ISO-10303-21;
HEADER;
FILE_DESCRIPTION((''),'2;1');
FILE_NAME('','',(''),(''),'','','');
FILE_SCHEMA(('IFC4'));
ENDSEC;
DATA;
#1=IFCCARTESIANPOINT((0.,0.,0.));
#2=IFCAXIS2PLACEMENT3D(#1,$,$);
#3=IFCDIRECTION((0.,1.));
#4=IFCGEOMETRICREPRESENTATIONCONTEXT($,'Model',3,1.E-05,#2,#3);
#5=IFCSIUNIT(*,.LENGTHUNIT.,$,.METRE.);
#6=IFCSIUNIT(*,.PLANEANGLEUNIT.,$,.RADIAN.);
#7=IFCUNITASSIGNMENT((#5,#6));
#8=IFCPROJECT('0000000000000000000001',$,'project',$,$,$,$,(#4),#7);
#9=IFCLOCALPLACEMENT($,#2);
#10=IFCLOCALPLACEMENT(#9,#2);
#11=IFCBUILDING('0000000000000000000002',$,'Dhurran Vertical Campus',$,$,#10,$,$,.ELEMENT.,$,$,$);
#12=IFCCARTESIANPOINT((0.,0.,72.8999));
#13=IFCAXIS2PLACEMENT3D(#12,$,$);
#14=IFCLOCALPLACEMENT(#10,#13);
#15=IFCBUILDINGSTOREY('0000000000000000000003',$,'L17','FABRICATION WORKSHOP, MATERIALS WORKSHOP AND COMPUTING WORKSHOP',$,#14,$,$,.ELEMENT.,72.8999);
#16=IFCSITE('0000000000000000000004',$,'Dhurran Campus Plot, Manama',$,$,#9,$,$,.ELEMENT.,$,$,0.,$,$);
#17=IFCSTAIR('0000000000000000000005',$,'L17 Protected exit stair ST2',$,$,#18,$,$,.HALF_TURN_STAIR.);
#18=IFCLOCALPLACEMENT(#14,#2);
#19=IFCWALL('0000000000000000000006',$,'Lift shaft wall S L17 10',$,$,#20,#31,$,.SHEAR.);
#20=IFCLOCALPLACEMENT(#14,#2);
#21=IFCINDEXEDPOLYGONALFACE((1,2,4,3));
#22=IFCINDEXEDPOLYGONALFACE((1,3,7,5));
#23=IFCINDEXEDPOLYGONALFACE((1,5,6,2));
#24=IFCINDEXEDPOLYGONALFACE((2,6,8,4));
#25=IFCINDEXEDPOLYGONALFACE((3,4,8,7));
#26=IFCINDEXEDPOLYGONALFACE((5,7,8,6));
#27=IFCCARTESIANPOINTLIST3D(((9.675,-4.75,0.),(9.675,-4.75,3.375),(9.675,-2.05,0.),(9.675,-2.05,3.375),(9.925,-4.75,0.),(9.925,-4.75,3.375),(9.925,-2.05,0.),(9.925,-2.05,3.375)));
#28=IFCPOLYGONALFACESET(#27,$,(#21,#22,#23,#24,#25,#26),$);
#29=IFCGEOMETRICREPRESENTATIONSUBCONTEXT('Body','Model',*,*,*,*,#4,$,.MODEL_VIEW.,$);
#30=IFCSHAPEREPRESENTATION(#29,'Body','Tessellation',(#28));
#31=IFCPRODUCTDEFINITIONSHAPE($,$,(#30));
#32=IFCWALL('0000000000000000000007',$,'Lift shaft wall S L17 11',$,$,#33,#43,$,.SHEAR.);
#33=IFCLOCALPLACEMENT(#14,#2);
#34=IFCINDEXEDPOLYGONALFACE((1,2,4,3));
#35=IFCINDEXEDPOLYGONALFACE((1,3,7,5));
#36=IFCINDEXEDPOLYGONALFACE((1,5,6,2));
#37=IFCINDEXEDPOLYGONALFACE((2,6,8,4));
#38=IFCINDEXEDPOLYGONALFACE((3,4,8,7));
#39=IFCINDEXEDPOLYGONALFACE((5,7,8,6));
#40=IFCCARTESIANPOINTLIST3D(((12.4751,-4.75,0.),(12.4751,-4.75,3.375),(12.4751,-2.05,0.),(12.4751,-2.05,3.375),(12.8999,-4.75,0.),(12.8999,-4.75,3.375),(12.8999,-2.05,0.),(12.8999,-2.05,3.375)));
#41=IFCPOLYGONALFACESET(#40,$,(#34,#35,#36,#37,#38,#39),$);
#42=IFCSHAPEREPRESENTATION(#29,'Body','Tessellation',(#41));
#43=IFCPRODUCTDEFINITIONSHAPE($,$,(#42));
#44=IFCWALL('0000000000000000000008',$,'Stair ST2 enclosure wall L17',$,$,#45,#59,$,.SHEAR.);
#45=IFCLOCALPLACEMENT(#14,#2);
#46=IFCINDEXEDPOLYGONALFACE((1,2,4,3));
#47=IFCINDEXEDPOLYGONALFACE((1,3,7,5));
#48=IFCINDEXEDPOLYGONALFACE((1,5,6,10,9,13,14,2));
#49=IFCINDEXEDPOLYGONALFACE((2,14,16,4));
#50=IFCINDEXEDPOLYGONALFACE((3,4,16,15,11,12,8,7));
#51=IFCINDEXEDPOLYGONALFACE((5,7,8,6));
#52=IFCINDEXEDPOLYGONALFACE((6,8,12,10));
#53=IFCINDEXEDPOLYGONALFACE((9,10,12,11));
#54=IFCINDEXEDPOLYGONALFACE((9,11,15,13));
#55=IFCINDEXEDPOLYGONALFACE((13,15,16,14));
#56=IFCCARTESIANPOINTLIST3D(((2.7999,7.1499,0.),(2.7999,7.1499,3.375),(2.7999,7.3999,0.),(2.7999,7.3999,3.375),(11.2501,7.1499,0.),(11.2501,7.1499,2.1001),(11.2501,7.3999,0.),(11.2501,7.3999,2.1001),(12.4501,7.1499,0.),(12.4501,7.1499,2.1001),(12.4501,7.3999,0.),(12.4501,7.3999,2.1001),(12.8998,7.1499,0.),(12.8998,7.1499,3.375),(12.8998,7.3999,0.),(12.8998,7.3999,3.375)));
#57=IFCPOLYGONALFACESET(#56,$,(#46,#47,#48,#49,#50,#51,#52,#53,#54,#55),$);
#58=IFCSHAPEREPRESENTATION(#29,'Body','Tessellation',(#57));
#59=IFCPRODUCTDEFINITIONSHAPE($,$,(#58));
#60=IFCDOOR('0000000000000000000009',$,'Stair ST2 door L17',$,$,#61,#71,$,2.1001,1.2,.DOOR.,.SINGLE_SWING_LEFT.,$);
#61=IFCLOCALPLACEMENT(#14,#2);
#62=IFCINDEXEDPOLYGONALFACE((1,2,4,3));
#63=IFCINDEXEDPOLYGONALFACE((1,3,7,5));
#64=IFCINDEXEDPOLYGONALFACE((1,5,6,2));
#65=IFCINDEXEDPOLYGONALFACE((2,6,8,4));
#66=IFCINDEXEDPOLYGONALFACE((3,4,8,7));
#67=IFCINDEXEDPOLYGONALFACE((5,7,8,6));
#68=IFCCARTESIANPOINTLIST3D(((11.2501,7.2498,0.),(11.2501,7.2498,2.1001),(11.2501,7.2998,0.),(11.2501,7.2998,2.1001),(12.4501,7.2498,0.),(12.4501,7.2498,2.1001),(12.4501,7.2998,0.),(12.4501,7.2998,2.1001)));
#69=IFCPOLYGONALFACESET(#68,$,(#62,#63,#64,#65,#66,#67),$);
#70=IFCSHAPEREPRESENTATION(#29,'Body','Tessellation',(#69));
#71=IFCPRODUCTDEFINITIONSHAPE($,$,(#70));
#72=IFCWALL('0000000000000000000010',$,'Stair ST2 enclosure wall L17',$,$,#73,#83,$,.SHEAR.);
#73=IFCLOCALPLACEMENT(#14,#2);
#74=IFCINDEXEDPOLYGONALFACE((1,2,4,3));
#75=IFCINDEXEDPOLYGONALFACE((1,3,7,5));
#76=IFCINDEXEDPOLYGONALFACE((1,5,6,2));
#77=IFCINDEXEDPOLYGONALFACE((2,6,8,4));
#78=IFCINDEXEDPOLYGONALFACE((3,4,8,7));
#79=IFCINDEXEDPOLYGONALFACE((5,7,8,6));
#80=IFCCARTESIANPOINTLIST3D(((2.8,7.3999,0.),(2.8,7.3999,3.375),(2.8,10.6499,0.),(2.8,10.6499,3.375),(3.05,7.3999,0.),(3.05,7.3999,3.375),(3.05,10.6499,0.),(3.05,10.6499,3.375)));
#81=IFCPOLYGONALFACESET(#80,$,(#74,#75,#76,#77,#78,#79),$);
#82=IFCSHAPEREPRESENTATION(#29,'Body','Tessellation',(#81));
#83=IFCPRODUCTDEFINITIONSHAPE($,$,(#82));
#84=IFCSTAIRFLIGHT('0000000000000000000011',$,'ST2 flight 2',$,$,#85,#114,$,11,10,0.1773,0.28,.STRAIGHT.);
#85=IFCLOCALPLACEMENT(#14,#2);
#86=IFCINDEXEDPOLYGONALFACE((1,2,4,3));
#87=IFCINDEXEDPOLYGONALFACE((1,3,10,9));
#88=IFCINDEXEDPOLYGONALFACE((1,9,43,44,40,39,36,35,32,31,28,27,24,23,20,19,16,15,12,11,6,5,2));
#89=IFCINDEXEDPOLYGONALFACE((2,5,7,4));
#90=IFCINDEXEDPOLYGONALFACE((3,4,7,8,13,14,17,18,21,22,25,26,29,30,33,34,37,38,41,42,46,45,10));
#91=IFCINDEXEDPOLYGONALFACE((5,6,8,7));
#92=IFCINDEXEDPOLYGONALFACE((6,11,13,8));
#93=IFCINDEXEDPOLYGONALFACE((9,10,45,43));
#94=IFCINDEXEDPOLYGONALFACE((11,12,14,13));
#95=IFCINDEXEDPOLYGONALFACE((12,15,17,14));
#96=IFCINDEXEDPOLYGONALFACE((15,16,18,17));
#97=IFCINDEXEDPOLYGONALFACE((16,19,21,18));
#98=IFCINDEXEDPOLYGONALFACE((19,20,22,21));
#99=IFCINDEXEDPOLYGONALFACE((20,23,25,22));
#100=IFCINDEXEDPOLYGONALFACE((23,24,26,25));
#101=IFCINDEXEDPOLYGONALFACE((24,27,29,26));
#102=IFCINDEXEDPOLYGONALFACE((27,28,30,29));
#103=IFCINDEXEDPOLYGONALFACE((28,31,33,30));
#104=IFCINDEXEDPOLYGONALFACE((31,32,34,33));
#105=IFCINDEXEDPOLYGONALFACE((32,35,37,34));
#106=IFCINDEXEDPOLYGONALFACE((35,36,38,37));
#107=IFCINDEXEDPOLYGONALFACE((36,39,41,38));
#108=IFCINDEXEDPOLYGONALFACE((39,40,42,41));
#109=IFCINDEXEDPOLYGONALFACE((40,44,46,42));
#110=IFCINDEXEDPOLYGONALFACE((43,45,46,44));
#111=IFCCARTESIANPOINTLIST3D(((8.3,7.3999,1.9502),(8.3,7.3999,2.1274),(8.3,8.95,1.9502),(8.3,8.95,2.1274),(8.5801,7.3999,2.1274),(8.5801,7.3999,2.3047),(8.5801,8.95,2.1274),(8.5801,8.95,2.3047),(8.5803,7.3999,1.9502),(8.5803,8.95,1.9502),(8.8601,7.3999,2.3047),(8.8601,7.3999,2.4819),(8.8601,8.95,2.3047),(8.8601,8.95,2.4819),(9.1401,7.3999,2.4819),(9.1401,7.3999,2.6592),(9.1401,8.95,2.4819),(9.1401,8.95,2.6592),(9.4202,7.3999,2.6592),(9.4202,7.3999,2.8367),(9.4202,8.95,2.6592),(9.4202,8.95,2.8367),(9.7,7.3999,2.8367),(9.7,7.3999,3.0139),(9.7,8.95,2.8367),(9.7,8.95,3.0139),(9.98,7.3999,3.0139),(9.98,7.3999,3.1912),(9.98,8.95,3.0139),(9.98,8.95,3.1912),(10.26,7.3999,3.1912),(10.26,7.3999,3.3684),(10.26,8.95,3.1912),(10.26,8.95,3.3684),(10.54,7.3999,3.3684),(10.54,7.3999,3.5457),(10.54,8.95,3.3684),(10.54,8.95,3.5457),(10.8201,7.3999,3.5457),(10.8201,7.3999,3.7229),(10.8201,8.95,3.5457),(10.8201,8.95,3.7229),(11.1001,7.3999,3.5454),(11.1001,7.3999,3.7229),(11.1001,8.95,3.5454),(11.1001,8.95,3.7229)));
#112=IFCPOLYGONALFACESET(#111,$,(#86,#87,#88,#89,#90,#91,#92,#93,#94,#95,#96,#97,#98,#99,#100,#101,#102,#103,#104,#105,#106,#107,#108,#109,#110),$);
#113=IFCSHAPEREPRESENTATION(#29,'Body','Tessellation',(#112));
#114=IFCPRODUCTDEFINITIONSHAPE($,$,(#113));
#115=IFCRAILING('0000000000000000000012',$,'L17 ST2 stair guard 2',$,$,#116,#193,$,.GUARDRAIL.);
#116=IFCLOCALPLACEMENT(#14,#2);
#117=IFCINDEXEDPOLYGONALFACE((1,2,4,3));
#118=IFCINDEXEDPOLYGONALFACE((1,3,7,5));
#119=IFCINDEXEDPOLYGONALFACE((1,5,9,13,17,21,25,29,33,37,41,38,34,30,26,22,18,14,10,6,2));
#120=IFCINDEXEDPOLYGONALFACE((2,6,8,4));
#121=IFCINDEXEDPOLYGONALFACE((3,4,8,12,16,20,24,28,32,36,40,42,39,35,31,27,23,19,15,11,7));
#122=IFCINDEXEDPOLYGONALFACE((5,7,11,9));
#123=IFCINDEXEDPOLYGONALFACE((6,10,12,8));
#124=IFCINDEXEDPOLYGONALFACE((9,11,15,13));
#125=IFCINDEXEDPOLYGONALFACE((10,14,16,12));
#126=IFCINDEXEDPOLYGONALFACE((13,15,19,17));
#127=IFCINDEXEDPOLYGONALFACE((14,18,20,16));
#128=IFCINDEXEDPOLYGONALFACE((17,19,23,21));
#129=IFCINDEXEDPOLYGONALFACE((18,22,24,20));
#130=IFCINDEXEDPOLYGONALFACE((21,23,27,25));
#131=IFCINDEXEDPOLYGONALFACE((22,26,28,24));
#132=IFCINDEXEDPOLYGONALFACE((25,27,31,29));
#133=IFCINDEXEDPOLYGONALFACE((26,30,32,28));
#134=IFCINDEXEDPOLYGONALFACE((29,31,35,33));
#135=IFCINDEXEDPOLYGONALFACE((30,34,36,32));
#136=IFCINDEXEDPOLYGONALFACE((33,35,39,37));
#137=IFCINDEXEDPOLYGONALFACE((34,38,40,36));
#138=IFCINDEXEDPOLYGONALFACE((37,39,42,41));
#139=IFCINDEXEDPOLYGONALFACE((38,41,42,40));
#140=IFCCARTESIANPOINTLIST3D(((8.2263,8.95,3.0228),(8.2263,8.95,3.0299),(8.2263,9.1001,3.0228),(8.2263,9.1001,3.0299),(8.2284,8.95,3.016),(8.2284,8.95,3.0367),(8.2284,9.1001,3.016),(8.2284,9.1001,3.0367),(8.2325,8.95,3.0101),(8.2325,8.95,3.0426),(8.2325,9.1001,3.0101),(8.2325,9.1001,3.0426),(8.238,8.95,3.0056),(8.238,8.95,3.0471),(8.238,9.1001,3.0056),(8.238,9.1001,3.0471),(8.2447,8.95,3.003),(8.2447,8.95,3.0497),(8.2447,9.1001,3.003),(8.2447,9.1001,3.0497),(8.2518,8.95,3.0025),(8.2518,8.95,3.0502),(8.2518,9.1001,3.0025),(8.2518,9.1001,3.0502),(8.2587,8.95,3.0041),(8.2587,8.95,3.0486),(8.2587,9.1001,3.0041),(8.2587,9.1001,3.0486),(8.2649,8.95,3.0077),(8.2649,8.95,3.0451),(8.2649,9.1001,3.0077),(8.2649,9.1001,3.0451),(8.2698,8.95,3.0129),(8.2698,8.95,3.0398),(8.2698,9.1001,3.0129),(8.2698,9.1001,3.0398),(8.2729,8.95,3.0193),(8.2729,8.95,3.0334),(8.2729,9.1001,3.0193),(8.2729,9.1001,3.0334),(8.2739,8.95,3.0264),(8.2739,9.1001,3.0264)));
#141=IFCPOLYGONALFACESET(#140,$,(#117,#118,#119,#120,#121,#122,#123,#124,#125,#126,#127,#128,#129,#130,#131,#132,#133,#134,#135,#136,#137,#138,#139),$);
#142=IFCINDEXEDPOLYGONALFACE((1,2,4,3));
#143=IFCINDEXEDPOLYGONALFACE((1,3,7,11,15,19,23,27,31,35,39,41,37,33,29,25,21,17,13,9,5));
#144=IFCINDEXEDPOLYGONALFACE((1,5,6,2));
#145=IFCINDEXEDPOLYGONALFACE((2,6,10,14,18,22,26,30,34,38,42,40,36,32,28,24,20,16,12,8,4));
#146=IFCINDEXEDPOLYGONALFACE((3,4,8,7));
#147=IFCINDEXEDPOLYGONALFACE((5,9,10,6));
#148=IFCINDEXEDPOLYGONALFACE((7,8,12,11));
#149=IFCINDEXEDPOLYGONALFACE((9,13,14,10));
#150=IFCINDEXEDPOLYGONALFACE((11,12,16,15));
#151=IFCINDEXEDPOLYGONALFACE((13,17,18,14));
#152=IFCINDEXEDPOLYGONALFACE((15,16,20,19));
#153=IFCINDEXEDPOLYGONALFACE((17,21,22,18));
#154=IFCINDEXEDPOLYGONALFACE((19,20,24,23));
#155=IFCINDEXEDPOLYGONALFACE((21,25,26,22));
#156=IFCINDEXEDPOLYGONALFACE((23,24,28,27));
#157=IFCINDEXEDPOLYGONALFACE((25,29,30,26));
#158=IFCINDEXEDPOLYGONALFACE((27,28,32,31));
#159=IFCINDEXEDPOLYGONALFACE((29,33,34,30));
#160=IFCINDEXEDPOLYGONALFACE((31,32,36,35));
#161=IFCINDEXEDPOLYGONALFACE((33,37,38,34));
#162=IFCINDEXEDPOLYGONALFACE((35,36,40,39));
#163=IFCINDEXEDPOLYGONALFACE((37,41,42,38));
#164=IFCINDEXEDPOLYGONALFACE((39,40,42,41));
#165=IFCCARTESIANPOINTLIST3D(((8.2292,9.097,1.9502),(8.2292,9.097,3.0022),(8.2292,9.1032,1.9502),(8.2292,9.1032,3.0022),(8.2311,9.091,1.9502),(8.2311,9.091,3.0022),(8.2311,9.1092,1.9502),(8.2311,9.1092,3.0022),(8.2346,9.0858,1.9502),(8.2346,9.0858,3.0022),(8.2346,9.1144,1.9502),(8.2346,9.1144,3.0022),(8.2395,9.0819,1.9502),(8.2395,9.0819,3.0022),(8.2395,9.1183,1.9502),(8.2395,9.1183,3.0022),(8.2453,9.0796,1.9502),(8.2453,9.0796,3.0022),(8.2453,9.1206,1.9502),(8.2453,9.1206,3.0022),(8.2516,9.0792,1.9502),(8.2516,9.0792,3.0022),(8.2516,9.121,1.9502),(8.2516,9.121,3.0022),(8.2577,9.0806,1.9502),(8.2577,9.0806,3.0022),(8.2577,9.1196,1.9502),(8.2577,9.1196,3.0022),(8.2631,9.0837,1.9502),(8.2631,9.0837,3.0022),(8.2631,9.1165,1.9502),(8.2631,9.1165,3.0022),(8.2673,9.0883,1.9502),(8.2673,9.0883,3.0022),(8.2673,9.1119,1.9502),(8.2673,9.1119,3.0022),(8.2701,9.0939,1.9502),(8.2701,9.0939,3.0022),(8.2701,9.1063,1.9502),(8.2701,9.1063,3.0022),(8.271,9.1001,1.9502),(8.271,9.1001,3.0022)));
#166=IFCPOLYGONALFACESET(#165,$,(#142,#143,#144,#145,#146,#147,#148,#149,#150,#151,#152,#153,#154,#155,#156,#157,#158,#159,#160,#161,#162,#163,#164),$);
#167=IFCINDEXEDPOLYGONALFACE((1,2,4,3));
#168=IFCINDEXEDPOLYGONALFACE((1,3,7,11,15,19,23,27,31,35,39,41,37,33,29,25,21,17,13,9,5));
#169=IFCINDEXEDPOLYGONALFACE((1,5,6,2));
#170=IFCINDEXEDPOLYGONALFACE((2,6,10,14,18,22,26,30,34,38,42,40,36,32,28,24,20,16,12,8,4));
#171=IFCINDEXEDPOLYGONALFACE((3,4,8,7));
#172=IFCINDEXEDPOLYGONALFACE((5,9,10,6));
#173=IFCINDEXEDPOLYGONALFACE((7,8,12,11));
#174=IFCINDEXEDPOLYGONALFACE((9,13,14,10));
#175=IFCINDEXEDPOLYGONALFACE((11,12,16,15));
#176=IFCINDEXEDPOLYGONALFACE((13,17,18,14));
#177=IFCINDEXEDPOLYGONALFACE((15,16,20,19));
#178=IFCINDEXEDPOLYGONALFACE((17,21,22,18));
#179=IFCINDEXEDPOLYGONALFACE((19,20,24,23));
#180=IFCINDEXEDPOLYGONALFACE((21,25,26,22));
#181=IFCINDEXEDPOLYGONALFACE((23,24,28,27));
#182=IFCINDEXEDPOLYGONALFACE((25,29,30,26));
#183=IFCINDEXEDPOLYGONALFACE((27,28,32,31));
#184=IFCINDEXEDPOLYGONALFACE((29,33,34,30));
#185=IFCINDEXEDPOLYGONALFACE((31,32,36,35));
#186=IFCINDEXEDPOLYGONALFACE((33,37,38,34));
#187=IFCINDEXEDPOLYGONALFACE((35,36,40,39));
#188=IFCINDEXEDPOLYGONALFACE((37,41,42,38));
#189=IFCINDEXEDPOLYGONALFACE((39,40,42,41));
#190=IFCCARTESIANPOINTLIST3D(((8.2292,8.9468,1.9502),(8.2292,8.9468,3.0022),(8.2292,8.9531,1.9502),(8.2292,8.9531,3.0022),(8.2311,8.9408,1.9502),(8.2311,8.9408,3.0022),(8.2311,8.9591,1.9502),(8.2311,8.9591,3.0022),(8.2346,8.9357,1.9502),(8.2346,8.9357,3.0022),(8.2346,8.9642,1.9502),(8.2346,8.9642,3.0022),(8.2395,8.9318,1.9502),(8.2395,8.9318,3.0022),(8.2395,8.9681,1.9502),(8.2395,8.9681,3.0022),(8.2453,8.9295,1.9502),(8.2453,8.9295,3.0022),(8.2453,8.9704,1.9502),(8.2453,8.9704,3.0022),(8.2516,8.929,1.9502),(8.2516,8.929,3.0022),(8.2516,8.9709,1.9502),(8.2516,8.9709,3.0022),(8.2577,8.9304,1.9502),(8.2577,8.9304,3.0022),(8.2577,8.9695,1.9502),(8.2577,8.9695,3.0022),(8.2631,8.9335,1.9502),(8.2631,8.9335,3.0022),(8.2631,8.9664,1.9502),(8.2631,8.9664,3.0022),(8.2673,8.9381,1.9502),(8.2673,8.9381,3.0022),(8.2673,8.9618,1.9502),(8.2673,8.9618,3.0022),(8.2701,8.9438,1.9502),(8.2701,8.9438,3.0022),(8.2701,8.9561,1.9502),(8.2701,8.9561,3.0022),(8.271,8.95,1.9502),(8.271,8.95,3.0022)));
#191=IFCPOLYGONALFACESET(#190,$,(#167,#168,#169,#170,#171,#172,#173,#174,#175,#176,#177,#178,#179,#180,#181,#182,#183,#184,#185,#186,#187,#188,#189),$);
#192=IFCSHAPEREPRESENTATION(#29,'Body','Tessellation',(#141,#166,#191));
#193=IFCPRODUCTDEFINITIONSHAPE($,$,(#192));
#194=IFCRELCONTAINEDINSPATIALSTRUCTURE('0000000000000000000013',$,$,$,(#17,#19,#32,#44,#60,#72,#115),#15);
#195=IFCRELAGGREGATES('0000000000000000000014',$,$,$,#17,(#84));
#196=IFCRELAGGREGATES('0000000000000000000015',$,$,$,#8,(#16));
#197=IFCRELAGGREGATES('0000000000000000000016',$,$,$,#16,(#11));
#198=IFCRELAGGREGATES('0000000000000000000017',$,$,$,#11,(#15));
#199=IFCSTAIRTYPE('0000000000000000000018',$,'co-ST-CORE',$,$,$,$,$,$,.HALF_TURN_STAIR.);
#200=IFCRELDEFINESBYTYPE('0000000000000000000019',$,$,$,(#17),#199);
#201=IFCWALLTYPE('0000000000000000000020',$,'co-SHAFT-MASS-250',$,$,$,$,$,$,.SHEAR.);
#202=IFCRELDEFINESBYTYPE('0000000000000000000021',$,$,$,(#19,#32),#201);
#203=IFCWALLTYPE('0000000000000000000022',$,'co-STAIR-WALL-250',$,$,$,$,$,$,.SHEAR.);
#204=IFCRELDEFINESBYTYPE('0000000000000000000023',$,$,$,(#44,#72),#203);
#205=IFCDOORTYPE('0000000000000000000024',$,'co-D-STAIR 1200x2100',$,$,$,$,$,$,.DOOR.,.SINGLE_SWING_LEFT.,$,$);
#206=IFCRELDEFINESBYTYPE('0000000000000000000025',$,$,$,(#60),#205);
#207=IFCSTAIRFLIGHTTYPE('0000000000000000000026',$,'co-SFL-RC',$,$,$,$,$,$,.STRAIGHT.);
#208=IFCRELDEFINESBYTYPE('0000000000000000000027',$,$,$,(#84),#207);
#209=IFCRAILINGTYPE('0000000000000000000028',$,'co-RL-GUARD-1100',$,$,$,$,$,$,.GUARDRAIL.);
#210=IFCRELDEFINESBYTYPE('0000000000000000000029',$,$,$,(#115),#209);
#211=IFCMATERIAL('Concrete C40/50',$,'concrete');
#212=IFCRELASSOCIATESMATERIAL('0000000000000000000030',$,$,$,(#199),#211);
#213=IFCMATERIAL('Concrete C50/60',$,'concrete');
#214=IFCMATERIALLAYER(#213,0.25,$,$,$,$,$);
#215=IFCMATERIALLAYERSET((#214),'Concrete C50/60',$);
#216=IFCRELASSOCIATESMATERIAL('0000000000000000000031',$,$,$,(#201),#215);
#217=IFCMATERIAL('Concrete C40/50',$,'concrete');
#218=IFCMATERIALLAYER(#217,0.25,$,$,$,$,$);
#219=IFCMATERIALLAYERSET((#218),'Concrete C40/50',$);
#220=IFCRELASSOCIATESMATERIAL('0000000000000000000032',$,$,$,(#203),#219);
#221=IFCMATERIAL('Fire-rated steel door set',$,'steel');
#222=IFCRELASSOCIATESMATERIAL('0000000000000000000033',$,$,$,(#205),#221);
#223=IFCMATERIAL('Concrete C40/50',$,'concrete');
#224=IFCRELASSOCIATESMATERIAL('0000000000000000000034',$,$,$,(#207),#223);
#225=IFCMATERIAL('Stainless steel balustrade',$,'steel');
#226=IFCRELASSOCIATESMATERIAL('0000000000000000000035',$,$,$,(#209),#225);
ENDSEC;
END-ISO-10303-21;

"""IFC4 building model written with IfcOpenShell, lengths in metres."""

from ifc_helpers import new_model, si_unit, direction, frame, frame_2d, origin, origin_2d, place, context, subcontext, project, spatial, polyline, rectangle, circle, outline, extrude, material, layer, layer_set, type_object, element, fill, aggregate, save


model = new_model("IFC4")

# Units and contexts
model_context = context("Model", 3, precision=1e-05, world=origin(), true_north=direction((0.0, 1.0)))
body_context = subcontext(model_context, "Body", "Model", "MODEL_VIEW")
ifc_project = project(units=[si_unit("LENGTHUNIT", "METRE"), si_unit("PLANEANGLEUNIT", "RADIAN")], contexts=[model_context])

# Site, building, storey
site_placement = place(None, origin())
site = spatial("IfcSite", under=ifc_project, at=site_placement, Name="Dhurran Campus Plot, Manama", CompositionType="ELEMENT", RefElevation=0.0)
building_placement = place(site_placement, origin())
building = spatial("IfcBuilding", under=site, at=building_placement, Name="Dhurran Vertical Campus", CompositionType="ELEMENT")
storey_placement = place(building_placement, frame((0.0, 0.0, 72.8999)))
storey = spatial("IfcBuildingStorey", under=building, at=storey_placement, Name="L17", Description="FABRICATION WORKSHOP, MATERIALS WORKSHOP AND COMPUTING WORKSHOP", CompositionType="ELEMENT", Elevation=72.8999)

# Stair
ifc_material_1 = material(Name="Concrete C40/50", Category="concrete")
stair_type = type_object("IfcStairType", Name="co-ST-CORE", PredefinedType="HALF_TURN_STAIR", material=ifc_material_1)
stair_1_placement = place(storey_placement, origin())
stair_1 = element("IfcStair", 1, at=stair_1_placement, inside=storey, type_object=stair_type, Name="L17 Protected exit stair ST2", PredefinedType="HALF_TURN_STAIR")

# Walls
ifc_material_2 = material(Name="Concrete C50/60", Category="concrete")
ifc_layer_1 = layer(ifc_material_2, 0.25)
ifc_layer_set_1 = layer_set([ifc_layer_1], Name="Concrete C50/60")
wall_type_1 = type_object("IfcWallType", Name="co-SHAFT-MASS-250", PredefinedType="SHEAR", material=ifc_layer_set_1)
wall_1_placement = place(storey_placement, origin())
element("IfcWall", 2, at=wall_1_placement, inside=storey, type_object=wall_type_1, Name="Lift shaft wall S L17 10", PredefinedType="SHEAR", context=body_context, shape_type="SweptSolid", body=[
    extrude(outline(polyline([(9.675, -4.75), (9.925, -4.75), (9.925, -2.05), (9.675, -2.05), (9.675, -4.75)])), origin(), (0.0, 0.0, 1.0), 3.375),
])
wall_2_placement = place(storey_placement, origin())
element("IfcWall", 3, at=wall_2_placement, inside=storey, type_object=wall_type_1, Name="Lift shaft wall S L17 11", PredefinedType="SHEAR", context=body_context, shape_type="SweptSolid", body=[
    extrude(outline(polyline([(12.4751, -4.75), (12.8999, -4.75), (12.8999, -2.05), (12.4751, -2.05), (12.4751, -4.75)])), origin(), (0.0, 0.0, 1.0), 3.375),
])

# Wall, opening, door
ifc_material_3 = material(Name="Concrete C40/50", Category="concrete")
ifc_layer_2 = layer(ifc_material_3, 0.25)
ifc_layer_set_2 = layer_set([ifc_layer_2], Name="Concrete C40/50")
wall_type_2 = type_object("IfcWallType", Name="co-STAIR-WALL-250", PredefinedType="SHEAR", material=ifc_layer_set_2)
wall_3_placement = place(storey_placement, frame((2.8, 7.2749, 0.0), z_axis=(0.0, 0.0, 1.0), x_axis=(1.0, 0.0, 0.0)))
wall_3 = element("IfcWall", 4, at=wall_3_placement, inside=storey, type_object=wall_type_2, Name="Stair ST2 enclosure wall L17", PredefinedType="SHEAR", context=body_context, shape_type="SweptSolid", body=[
    extrude(rectangle(XDim=10.0999, YDim=0.25, at=frame_2d((5.0498, 0.0))), origin(), (0.0, 0.0, 1.0), 3.375),
])
opening_1_placement = place(wall_3_placement, frame((8.45, 0.0, 0.0)))
opening_1 = element("IfcOpeningElement", 5, at=opening_1_placement, cuts=wall_3, PredefinedType="OPENING", context=body_context, shape_type="SweptSolid", body=[
    extrude(rectangle(XDim=1.2, YDim=2.1001, at=frame_2d((0.6001, 1.05))), frame((0.0, 0.135, 0.0), z_axis=(0.0, -1.0, 0.0), x_axis=(1.0, 0.0, 0.0)), (0.0, 0.0, 1.0), 0.27),
])
ifc_material_4 = material(Name="Fire-rated steel door set", Category="steel")
door_type_1 = type_object("IfcDoorType", Name="co-D-STAIR 1200x2100", OperationType="SINGLE_SWING_LEFT", PredefinedType="DOOR", material=ifc_material_4)
door_1_placement = place(opening_1_placement, origin())
door_1 = element("IfcDoor", 6, at=door_1_placement, inside=storey, type_object=door_type_1, Name="Stair ST2 door L17", OperationType="SINGLE_SWING_LEFT", OverallHeight=2.1001, OverallWidth=1.2, PredefinedType="DOOR", context=body_context, shape_type="SweptSolid", body=[
    extrude(rectangle(XDim=1.2, YDim=2.1001, at=frame_2d((0.6001, 1.05))), frame((0.0, 0.0249, 0.0), z_axis=(0.0, -1.0, 0.0), x_axis=(1.0, 0.0, 0.0)), (0.0, 0.0, 1.0), 0.05),
])
fill(opening_1, door_1)

# Wall
wall_4_placement = place(storey_placement, frame((2.925, 7.3999, 0.0), z_axis=(0.0, 0.0, 1.0), x_axis=(0.0, 1.0, 0.0)))
element("IfcWall", 7, at=wall_4_placement, inside=storey, type_object=wall_type_2, Name="Stair ST2 enclosure wall L17", PredefinedType="SHEAR", context=body_context, shape_type="SweptSolid", body=[
    extrude(rectangle(XDim=3.25, YDim=0.25, at=frame_2d((1.625, 0.0))), origin(), (0.0, 0.0, 1.0), 3.375),
])

# Stair flight
ifc_material_5 = material(Name="Concrete C40/50", Category="concrete")
stair_flight_type = type_object("IfcStairFlightType", Name="co-SFL-RC", PredefinedType="STRAIGHT", material=ifc_material_5)
stair_flight_placement = place(storey_placement, frame((8.3, 8.175, 1.9502), z_axis=(0.0, 0.0, 1.0), x_axis=(1.0, 0.0, 0.0)))
stair_flight = element("IfcStairFlight", 8, at=stair_flight_placement, type_object=stair_flight_type, Name="ST2 flight 2", NumberOfRisers=11, NumberOfTreads=10, PredefinedType="STRAIGHT", RiserHeight=0.1773, TreadLength=0.28, context=body_context, shape_type="SweptSolid", body=[
    extrude(outline(polyline([(0.0, 0.0), (0.0, 0.1772), (0.28, 0.1772), (0.28, 0.3545), (0.5601, 0.3545), (0.5601, 0.5317), (0.8401, 0.5317), (0.8401, 0.709), (1.1201, 0.709), (1.1201, 0.8865), (1.3999, 0.8865), (1.3999, 1.0637), (1.6799, 1.0637), (1.6799, 1.241), (1.96, 1.241), (1.96, 1.4182), (2.24, 1.4182), (2.24, 1.5955), (2.52, 1.5955), (2.52, 1.7727), (2.8, 1.7727), (2.8, 1.95), (2.8, 1.5952), (0.2803, 0.0), (0.0, 0.0)])), frame((0.0, 0.7749, 0.0), z_axis=(0.0, -1.0, 0.0), x_axis=(1.0, 0.0, 0.0)), (0.0, 0.0, 1.0), 1.55),
])
aggregate(stair_1, [stair_flight])

# Railing
ifc_material_6 = material(Name="Stainless steel balustrade", Category="steel")
railing_type_1 = type_object("IfcRailingType", Name="co-RL-GUARD-1100", PredefinedType="GUARDRAIL", material=ifc_material_6)
railing_1_placement = place(storey_placement, frame((8.25, 9.1001, 1.9502)))
element("IfcRailing", 9, at=railing_1_placement, inside=storey, type_object=railing_type_1, Name="L17 ST2 stair guard 2", PredefinedType="GUARDRAIL", context=body_context, shape_type="SweptSolid", body=[
    extrude(circle(Radius=0.0239, at=origin_2d()), frame((0.0, 0.0, 1.0762), z_axis=(0.0, -1.0, 0.0), x_axis=(1.0, 0.0, 0.0)), (0.0, 0.0, 1.0), 0.1501),
    extrude(circle(Radius=0.021, at=origin_2d()), origin(), (0.0, 0.0, 1.0), 1.052),
    extrude(circle(Radius=0.021, at=origin_2d()), frame((0.0, -0.1501, 0.0)), (0.0, 0.0, 1.0), 1.052),
])

save(model, "model.ifc")
